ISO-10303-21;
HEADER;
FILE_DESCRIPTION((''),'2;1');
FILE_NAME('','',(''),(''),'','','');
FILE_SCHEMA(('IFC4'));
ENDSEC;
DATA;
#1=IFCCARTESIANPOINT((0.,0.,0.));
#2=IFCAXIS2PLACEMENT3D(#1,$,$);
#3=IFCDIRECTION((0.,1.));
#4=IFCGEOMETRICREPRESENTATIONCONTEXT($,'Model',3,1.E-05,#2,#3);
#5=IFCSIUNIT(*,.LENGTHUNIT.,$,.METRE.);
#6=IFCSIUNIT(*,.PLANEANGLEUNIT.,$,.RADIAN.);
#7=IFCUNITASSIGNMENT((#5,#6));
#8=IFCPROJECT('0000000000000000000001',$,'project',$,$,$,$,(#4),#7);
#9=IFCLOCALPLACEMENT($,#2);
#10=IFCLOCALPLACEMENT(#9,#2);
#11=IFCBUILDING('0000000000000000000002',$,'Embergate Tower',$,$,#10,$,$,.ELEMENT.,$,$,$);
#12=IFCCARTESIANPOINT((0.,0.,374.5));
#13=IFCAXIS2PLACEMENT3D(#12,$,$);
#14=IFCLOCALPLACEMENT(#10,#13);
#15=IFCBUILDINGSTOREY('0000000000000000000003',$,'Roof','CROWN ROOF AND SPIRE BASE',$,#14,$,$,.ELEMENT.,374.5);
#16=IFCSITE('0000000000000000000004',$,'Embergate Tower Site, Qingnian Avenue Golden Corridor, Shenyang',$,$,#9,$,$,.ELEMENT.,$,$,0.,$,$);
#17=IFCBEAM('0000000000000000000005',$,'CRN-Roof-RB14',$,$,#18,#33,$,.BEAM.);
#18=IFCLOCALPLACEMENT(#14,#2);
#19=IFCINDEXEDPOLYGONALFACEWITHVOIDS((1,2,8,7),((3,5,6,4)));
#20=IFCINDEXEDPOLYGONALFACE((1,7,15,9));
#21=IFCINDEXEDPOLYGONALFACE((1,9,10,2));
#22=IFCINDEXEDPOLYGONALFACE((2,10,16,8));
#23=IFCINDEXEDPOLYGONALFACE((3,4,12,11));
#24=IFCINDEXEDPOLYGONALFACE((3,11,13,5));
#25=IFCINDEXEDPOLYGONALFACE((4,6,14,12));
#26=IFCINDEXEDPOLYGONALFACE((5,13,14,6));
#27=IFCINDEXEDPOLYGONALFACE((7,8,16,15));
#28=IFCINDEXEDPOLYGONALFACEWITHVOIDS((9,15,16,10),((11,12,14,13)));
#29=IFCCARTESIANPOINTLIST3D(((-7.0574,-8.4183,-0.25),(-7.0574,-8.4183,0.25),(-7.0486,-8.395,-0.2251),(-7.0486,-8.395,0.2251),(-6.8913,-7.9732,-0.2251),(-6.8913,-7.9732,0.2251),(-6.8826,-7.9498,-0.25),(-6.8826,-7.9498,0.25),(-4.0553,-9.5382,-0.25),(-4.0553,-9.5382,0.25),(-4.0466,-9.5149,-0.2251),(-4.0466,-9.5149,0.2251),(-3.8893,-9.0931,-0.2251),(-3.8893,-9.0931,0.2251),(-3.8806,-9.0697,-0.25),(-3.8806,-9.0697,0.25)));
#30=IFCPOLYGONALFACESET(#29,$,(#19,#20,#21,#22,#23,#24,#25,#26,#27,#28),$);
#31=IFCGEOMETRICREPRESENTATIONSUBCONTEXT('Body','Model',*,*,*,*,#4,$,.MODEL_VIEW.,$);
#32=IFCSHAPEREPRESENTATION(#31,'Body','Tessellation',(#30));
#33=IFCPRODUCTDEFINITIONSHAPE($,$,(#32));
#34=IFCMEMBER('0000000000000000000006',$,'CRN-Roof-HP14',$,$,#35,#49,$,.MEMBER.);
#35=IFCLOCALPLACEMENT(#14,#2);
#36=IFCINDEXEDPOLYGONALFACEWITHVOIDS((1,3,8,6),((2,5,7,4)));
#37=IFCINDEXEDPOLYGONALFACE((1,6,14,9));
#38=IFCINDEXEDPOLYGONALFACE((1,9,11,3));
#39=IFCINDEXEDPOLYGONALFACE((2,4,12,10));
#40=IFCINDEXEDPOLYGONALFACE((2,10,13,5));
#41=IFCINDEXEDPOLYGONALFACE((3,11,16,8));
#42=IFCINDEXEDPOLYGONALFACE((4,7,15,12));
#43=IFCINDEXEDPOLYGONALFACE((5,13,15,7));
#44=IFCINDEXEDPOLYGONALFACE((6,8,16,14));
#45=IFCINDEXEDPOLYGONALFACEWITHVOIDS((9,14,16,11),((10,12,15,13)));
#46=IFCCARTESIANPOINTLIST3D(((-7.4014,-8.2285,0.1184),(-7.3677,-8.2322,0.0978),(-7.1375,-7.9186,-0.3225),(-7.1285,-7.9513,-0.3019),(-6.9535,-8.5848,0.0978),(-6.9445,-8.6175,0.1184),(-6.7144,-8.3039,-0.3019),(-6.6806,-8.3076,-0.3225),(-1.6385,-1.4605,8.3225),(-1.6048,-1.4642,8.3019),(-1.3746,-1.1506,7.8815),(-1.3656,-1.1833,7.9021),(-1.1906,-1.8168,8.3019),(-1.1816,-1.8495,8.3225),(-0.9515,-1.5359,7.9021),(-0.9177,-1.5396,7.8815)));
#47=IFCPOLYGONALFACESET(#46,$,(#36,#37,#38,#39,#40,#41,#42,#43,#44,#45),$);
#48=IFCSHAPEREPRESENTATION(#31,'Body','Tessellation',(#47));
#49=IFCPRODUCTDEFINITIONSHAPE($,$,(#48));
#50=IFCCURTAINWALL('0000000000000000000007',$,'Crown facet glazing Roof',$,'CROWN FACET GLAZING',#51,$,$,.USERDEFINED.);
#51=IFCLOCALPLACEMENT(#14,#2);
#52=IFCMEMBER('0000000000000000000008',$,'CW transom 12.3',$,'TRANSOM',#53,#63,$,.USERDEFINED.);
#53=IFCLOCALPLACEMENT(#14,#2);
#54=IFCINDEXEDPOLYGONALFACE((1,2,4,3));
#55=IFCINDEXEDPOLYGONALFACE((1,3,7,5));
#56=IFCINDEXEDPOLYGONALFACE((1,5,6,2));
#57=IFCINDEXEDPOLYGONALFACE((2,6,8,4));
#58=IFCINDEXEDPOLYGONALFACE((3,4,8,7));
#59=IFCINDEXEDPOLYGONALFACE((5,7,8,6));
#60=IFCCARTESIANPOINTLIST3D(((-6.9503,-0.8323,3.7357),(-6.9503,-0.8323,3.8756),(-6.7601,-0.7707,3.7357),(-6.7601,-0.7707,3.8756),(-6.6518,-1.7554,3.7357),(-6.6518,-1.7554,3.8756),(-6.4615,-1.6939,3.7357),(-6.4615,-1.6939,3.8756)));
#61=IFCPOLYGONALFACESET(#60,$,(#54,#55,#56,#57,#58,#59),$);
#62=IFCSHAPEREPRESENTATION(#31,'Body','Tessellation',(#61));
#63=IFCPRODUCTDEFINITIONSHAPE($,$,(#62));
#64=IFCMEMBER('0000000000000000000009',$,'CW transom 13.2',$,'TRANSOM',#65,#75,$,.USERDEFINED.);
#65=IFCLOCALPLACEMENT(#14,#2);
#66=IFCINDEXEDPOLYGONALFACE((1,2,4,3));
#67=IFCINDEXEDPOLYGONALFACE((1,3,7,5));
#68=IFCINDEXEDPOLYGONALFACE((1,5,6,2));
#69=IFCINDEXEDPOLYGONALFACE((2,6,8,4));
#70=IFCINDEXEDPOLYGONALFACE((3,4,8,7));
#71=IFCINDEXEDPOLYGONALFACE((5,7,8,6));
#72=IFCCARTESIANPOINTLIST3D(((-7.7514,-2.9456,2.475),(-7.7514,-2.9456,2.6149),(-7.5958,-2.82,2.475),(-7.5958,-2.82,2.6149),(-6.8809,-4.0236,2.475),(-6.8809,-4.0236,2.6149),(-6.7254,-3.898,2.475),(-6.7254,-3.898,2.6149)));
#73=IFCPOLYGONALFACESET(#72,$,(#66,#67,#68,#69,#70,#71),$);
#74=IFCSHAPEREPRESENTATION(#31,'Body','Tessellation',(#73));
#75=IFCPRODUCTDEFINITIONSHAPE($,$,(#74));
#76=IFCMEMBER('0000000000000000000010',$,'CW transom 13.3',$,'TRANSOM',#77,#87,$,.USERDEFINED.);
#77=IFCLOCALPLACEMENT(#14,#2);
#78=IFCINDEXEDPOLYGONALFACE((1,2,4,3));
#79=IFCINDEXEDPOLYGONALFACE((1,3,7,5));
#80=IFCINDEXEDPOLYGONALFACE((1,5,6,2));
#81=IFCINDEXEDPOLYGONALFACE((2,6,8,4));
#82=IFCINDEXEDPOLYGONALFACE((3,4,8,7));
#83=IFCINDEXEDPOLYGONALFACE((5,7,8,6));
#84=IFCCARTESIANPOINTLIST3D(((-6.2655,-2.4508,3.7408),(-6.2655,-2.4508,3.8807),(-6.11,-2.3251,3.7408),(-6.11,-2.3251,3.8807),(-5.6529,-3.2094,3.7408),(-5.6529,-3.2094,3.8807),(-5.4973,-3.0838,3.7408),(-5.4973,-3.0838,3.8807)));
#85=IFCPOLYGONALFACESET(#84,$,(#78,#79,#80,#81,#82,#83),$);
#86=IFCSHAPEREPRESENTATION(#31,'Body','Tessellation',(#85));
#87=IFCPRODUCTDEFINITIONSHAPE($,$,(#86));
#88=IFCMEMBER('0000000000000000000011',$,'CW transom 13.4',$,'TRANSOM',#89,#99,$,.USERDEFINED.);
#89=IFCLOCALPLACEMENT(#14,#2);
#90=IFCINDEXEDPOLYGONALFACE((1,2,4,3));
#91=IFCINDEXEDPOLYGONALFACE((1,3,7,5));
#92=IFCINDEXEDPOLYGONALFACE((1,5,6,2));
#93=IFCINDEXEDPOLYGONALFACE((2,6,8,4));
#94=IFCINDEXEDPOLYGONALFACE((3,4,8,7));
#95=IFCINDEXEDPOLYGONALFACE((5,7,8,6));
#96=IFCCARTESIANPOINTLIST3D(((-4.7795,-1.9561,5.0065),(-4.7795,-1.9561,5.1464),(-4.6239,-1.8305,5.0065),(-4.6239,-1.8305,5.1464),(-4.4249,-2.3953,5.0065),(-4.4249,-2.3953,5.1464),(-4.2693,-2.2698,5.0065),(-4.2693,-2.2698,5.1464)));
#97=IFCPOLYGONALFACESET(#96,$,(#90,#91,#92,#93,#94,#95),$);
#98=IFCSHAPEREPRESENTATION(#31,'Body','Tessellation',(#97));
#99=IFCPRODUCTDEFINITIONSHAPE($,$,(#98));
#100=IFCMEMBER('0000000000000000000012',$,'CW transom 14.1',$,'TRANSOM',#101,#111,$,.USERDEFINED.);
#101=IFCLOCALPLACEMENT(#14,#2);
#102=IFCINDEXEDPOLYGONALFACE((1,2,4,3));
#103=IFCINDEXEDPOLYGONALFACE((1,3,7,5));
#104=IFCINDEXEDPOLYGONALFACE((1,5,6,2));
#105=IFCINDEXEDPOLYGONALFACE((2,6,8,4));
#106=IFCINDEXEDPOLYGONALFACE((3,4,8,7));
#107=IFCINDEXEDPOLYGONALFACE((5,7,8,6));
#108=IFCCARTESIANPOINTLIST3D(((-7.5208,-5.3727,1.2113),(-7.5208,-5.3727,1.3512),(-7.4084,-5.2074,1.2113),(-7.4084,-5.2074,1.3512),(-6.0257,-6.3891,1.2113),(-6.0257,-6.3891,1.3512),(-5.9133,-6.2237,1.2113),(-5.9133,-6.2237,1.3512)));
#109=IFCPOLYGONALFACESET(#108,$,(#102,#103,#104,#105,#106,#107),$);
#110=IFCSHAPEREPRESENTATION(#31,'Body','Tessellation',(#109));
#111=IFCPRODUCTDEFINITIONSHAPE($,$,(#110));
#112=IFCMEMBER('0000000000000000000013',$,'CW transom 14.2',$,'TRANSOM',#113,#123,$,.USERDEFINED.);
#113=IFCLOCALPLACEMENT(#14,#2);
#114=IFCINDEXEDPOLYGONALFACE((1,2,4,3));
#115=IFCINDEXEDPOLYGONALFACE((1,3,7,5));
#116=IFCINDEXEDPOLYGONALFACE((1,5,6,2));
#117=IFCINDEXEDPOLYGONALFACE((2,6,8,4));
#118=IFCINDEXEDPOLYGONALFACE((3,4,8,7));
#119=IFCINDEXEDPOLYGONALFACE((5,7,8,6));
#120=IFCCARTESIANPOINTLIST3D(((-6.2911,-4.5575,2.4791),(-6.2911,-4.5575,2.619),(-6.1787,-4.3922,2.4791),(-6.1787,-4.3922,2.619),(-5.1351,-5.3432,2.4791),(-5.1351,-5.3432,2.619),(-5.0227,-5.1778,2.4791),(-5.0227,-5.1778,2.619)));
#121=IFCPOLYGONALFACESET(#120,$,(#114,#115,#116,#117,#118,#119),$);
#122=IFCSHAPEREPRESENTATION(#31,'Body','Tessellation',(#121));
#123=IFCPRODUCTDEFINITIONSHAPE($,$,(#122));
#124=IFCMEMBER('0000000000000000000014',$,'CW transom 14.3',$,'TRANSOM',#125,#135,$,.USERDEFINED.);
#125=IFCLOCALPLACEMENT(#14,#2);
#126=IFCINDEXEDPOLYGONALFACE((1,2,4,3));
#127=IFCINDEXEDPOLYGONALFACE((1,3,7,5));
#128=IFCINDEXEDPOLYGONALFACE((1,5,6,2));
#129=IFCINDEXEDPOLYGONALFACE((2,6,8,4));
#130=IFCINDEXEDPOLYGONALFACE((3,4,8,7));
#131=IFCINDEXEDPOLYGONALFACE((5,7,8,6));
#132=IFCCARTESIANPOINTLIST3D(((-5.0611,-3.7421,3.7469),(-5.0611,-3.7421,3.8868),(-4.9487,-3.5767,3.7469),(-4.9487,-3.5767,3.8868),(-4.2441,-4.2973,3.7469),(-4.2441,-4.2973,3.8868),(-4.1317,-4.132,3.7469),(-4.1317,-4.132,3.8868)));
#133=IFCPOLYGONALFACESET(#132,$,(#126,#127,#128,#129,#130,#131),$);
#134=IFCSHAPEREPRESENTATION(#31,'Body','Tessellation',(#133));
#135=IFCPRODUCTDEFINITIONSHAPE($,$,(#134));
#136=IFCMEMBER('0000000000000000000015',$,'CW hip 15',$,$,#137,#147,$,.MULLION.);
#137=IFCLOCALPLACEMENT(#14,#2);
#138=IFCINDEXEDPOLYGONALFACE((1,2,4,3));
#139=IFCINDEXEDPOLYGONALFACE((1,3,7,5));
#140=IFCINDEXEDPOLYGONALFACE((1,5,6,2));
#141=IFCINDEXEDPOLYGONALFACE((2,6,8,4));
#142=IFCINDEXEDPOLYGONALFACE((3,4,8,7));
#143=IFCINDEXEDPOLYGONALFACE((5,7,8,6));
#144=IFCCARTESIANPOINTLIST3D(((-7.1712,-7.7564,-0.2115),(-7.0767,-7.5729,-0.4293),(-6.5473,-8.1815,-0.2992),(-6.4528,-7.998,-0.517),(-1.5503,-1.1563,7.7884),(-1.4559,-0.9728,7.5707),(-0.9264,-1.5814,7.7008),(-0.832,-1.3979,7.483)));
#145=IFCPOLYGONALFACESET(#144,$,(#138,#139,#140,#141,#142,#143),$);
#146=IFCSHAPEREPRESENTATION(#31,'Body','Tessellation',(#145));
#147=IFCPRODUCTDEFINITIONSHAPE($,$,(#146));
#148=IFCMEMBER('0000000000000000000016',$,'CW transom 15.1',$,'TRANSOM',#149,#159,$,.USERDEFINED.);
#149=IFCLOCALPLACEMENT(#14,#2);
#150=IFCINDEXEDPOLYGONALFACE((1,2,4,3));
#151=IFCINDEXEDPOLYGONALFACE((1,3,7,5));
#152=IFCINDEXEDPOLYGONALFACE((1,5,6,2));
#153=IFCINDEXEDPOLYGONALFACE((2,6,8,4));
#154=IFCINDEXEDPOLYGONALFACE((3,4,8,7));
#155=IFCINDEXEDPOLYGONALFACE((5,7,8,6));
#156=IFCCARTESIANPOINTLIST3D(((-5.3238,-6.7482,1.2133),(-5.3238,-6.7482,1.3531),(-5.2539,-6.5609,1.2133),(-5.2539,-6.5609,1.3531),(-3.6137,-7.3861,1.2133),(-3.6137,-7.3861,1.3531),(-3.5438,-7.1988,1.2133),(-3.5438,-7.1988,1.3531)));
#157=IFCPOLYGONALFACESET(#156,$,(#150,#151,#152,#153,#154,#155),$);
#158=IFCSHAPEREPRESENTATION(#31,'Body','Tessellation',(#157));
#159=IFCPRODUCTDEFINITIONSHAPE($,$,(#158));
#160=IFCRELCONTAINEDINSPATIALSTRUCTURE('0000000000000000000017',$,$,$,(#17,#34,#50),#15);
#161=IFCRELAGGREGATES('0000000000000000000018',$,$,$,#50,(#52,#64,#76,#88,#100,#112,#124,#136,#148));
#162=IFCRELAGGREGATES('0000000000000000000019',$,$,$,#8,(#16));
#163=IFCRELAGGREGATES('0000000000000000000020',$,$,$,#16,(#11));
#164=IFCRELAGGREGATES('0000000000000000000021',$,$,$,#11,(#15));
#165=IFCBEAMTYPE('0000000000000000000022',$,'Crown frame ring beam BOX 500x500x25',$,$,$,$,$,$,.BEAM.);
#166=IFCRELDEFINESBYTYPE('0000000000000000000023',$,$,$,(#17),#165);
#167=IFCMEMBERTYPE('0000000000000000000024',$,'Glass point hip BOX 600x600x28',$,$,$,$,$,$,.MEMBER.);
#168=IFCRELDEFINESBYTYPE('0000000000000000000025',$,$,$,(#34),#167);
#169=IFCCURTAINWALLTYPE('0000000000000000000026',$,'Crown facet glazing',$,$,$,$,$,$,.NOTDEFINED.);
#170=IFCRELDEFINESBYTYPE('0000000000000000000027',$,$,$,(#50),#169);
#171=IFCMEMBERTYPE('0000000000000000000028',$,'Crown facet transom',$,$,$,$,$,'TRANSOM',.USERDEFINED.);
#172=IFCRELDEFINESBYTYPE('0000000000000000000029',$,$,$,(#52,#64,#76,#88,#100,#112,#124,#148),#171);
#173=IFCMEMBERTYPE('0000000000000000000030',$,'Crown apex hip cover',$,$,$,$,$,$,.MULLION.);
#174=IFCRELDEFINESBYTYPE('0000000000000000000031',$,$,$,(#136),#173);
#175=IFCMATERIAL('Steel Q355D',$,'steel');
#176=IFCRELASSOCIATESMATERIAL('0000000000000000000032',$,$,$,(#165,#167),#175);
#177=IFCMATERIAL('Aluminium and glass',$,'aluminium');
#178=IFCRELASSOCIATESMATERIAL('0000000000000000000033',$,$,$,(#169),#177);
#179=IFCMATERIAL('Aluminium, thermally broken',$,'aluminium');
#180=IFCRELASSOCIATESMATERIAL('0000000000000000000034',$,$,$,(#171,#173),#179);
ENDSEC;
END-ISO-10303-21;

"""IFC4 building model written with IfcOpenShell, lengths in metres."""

from ifc_helpers import new_model, si_unit, direction, frame, origin, origin_2d, place, context, subcontext, project, spatial, rectangle, hollow_rectangle, extrude, source, transform, mapped, material, material_profile, profile_set, type_object, element, aggregate, save


model = new_model("IFC4")

# Units and contexts
model_context = context("Model", 3, precision=1e-05, world=origin(), true_north=direction((0.0, 1.0)))
body_context = subcontext(model_context, "Body", "Model", "MODEL_VIEW")
ifc_project = project(units=[si_unit("LENGTHUNIT", "METRE"), si_unit("PLANEANGLEUNIT", "RADIAN")], contexts=[model_context])

# Site, building, storey
site_placement = place(None, origin())
site = spatial("IfcSite", under=ifc_project, at=site_placement, Name="Embergate Tower Site, Qingnian Avenue Golden Corridor, Shenyang", CompositionType="ELEMENT", RefElevation=0.0)
building_placement = place(site_placement, origin())
building = spatial("IfcBuilding", under=site, at=building_placement, Name="Embergate Tower", CompositionType="ELEMENT")
storey_placement = place(building_placement, frame((0.0, 0.0, 374.5)))
storey = spatial("IfcBuildingStorey", under=building, at=storey_placement, Name="Roof", Description="CROWN ROOF AND SPIRE BASE", CompositionType="ELEMENT", Elevation=374.5)

# Beam
ifc_material_1 = material(Name="Steel Q355D", Category="steel")
ifc_material_profile_1 = material_profile(ifc_material_1, hollow_rectangle(XDim=0.5, YDim=0.5, WallThickness=0.0249, at=origin_2d()), Name="BOX 500x500x25")
ifc_profile_set_1 = profile_set([ifc_material_profile_1], Name="Steel Q355 grade D")
beam_type = type_object("IfcBeamType", Name="Crown frame ring beam BOX 500x500x25", PredefinedType="BEAM", material=ifc_profile_set_1)
shared_shape_1 = source(origin(), body_context, "Body", "SweptSolid", [
    extrude(hollow_rectangle(XDim=0.5, YDim=0.5, WallThickness=0.0249, at=origin_2d()), origin(), (0.0, 0.0, 1.0), 3.2041),
])
beam_placement = place(storey_placement, frame((-6.97, -8.1841, 0.0), z_axis=(0.936929, -0.34952, 0.0), x_axis=(0.34952, 0.936929, 0.0)))
element("IfcBeam", 1, at=beam_placement, inside=storey, type_object=beam_type, Name="CRN-Roof-RB14", PredefinedType="BEAM", context=body_context, shape_type="MappedRepresentation", body=[
    mapped(shared_shape_1, transform((0.0, 0.0, 0.0))),
])

# Member
ifc_material_profile_2 = material_profile(ifc_material_1, hollow_rectangle(XDim=0.6001, YDim=0.6001, WallThickness=0.0281, at=origin_2d()), Name="BOX 600x600x28")
ifc_profile_set_2 = profile_set([ifc_material_profile_2], Name="Steel Q355 grade D")
member_type_1 = type_object("IfcMemberType", Name="Glass point hip BOX 600x600x28", PredefinedType="MEMBER", material=ifc_profile_set_2)
shared_shape_2 = source(origin(), body_context, "Body", "SweptSolid", [
    extrude(hollow_rectangle(XDim=0.6001, YDim=0.6001, WallThickness=0.0281, at=origin_2d()), origin(), (0.0, 0.0, 1.0), 12.0964),
])
member_1_placement = place(storey_placement, frame((-7.041, -8.2681, -0.1021), z_axis=(0.476414, 0.559506, 0.678221), x_axis=(-0.761379, 0.648307, 0.0)))
element("IfcMember", 2, at=member_1_placement, inside=storey, type_object=member_type_1, Name="CRN-Roof-HP14", PredefinedType="MEMBER", context=body_context, shape_type="MappedRepresentation", body=[
    mapped(shared_shape_2, transform((0.0, 0.0, 0.0))),
])

# Curtain wall, members
ifc_material_2 = material(Name="Aluminium and glass", Category="aluminium")
curtain_wall_type = type_object("IfcCurtainWallType", Name="Crown facet glazing", PredefinedType="NOTDEFINED", material=ifc_material_2)
curtain_wall_placement = place(storey_placement, origin())
curtain_wall = element("IfcCurtainWall", 3, at=curtain_wall_placement, inside=storey, type_object=curtain_wall_type, Name="Crown facet glazing Roof", ObjectType="CROWN FACET GLAZING", PredefinedType="USERDEFINED")
ifc_material_3 = material(Name="Aluminium, thermally broken", Category="aluminium")
ifc_material_profile_3 = material_profile(ifc_material_3, rectangle(XDim=0.2, YDim=0.1399, at=origin_2d()), Name="AL 140x200")
ifc_profile_set_3 = profile_set([ifc_material_profile_3], Name="Aluminium, thermally broken")
member_type_2 = type_object("IfcMemberType", Name="Crown facet transom", ElementType="TRANSOM", PredefinedType="USERDEFINED", material=ifc_profile_set_3)
shared_shape_3 = source(origin(), body_context, "Body", "SweptSolid", [
    extrude(rectangle(XDim=0.2, YDim=0.1399, at=origin_2d()), origin(), (0.0, 0.0, 1.0), 0.9702),
])
member_2_placement = place(storey_placement, frame((-6.8552, -0.8015, 3.8057), z_axis=(0.30776, -0.951464, 0.0), x_axis=(0.951464, 0.30776, 0.0)))
member_2 = element("IfcMember", 4, at=member_2_placement, type_object=member_type_2, Name="CW transom 12.3", ObjectType="TRANSOM", PredefinedType="USERDEFINED", context=body_context, shape_type="MappedRepresentation", body=[
    mapped(shared_shape_3, transform((0.0, 0.0, 0.0))),
])
shared_shape_4 = source(origin(), body_context, "Body", "SweptSolid", [
    extrude(rectangle(XDim=0.2, YDim=0.1399, at=origin_2d()), origin(), (0.0, 0.0, 1.0), 1.3855),
])
member_3_placement = place(storey_placement, frame((-7.6736, -2.8828, 2.5449), z_axis=(0.628235, -0.778024, 0.0), x_axis=(0.778024, 0.628235, 0.0)))
member_3 = element("IfcMember", 5, at=member_3_placement, type_object=member_type_2, Name="CW transom 13.2", ObjectType="TRANSOM", PredefinedType="USERDEFINED", context=body_context, shape_type="MappedRepresentation", body=[
    mapped(shared_shape_4, transform((0.0, 0.0, 0.0))),
])
shared_shape_5 = source(origin(), body_context, "Body", "SweptSolid", [
    extrude(rectangle(XDim=0.2, YDim=0.1399, at=origin_2d()), origin(), (0.0, 0.0, 1.0), 0.9751),
])
member_4_placement = place(storey_placement, frame((-6.1877, -2.3879, 3.8108), z_axis=(0.628261, -0.778002, 0.0), x_axis=(0.778002, 0.628261, 0.0)))
member_4 = element("IfcMember", 6, at=member_4_placement, type_object=member_type_2, Name="CW transom 13.3", ObjectType="TRANSOM", PredefinedType="USERDEFINED", context=body_context, shape_type="MappedRepresentation", body=[
    mapped(shared_shape_5, transform((0.0, 0.0, 0.0))),
])
shared_shape_6 = source(origin(), body_context, "Body", "SweptSolid", [
    extrude(rectangle(XDim=0.2, YDim=0.1399, at=origin_2d()), origin(), (0.0, 0.0, 1.0), 0.5645),
])
member_5_placement = place(storey_placement, frame((-4.7017, -1.8933, 5.0764), z_axis=(0.628065, -0.778161, 0.0), x_axis=(0.778161, 0.628065, 0.0)))
member_5 = element("IfcMember", 7, at=member_5_placement, type_object=member_type_2, Name="CW transom 13.4", ObjectType="TRANSOM", PredefinedType="USERDEFINED", context=body_context, shape_type="MappedRepresentation", body=[
    mapped(shared_shape_6, transform((0.0, 0.0, 0.0))),
])
shared_shape_7 = source(origin(), body_context, "Body", "SweptSolid", [
    extrude(rectangle(XDim=0.2, YDim=0.1399, at=origin_2d()), origin(), (0.0, 0.0, 1.0), 1.8079),
])
member_6_placement = place(storey_placement, frame((-7.4646, -5.29, 1.2812), z_axis=(0.827009, -0.562188, 0.0), x_axis=(0.562188, 0.827009, 0.0)))
member_6 = element("IfcMember", 8, at=member_6_placement, type_object=member_type_2, Name="CW transom 14.1", ObjectType="TRANSOM", PredefinedType="USERDEFINED", context=body_context, shape_type="MappedRepresentation", body=[
    mapped(shared_shape_7, transform((0.0, 0.0, 0.0))),
])
shared_shape_8 = source(origin(), body_context, "Body", "SweptSolid", [
    extrude(rectangle(XDim=0.2, YDim=0.1399, at=origin_2d()), origin(), (0.0, 0.0, 1.0), 1.3977),
])
member_7_placement = place(storey_placement, frame((-6.2349, -4.4749, 2.5491), z_axis=(0.827073, -0.562095, 0.0), x_axis=(0.562095, 0.827073, 0.0)))
member_7 = element("IfcMember", 9, at=member_7_placement, type_object=member_type_2, Name="CW transom 14.2", ObjectType="TRANSOM", PredefinedType="USERDEFINED", context=body_context, shape_type="MappedRepresentation", body=[
    mapped(shared_shape_8, transform((0.0, 0.0, 0.0))),
])
shared_shape_9 = source(origin(), body_context, "Body", "SweptSolid", [
    extrude(rectangle(XDim=0.2, YDim=0.1399, at=origin_2d()), origin(), (0.0, 0.0, 1.0), 0.9878),
])
member_8_placement = place(storey_placement, frame((-5.0049, -3.6594, 3.8169), z_axis=(0.827074, -0.562094, 0.0), x_axis=(0.562094, 0.827074, 0.0)))
member_8 = element("IfcMember", 10, at=member_8_placement, type_object=member_type_2, Name="CW transom 14.3", ObjectType="TRANSOM", PredefinedType="USERDEFINED", context=body_context, shape_type="MappedRepresentation", body=[
    mapped(shared_shape_9, transform((0.0, 0.0, 0.0))),
])
ifc_material_profile_4 = material_profile(ifc_material_3, rectangle(XDim=0.3, YDim=0.76, at=origin_2d()), Name="AL 760x300")
ifc_profile_set_4 = profile_set([ifc_material_profile_4], Name="Aluminium, thermally broken")
member_type_3 = type_object("IfcMemberType", Name="Crown apex hip cover", PredefinedType="MULLION", material=ifc_profile_set_4)
shared_shape_10 = source(origin(), body_context, "Body", "SweptSolid", [
    extrude(rectangle(XDim=0.3, YDim=0.76, at=origin_2d()), origin(), (0.0, 0.0, 1.0), 11.7964),
])
member_9_placement = place(storey_placement, frame((-6.812, -7.8772, -0.3643), z_axis=(0.476488, 0.559501, 0.678173), x_axis=(-0.314762, -0.611676, 0.725794)))
member_9 = element("IfcMember", 11, at=member_9_placement, type_object=member_type_3, Name="CW hip 15", PredefinedType="MULLION", context=body_context, shape_type="MappedRepresentation", body=[
    mapped(shared_shape_10, transform((0.0, 0.0, 0.0))),
])
shared_shape_11 = source(origin(), body_context, "Body", "SweptSolid", [
    extrude(rectangle(XDim=0.2, YDim=0.1399, at=origin_2d()), origin(), (0.0, 0.0, 1.0), 1.8252),
])
member_10_placement = place(storey_placement, frame((-5.2888, -6.6545, 1.2832), z_axis=(0.936938, -0.349496, 0.0), x_axis=(0.349496, 0.936938, 0.0)))
member_10 = element("IfcMember", 12, at=member_10_placement, type_object=member_type_2, Name="CW transom 15.1", ObjectType="TRANSOM", PredefinedType="USERDEFINED", context=body_context, shape_type="MappedRepresentation", body=[
    mapped(shared_shape_11, transform((0.0, 0.0, 0.0))),
])
aggregate(curtain_wall, [member_2, member_3, member_4, member_5, member_6, member_7, member_8, member_9, member_10])

save(model, "model.ifc")
